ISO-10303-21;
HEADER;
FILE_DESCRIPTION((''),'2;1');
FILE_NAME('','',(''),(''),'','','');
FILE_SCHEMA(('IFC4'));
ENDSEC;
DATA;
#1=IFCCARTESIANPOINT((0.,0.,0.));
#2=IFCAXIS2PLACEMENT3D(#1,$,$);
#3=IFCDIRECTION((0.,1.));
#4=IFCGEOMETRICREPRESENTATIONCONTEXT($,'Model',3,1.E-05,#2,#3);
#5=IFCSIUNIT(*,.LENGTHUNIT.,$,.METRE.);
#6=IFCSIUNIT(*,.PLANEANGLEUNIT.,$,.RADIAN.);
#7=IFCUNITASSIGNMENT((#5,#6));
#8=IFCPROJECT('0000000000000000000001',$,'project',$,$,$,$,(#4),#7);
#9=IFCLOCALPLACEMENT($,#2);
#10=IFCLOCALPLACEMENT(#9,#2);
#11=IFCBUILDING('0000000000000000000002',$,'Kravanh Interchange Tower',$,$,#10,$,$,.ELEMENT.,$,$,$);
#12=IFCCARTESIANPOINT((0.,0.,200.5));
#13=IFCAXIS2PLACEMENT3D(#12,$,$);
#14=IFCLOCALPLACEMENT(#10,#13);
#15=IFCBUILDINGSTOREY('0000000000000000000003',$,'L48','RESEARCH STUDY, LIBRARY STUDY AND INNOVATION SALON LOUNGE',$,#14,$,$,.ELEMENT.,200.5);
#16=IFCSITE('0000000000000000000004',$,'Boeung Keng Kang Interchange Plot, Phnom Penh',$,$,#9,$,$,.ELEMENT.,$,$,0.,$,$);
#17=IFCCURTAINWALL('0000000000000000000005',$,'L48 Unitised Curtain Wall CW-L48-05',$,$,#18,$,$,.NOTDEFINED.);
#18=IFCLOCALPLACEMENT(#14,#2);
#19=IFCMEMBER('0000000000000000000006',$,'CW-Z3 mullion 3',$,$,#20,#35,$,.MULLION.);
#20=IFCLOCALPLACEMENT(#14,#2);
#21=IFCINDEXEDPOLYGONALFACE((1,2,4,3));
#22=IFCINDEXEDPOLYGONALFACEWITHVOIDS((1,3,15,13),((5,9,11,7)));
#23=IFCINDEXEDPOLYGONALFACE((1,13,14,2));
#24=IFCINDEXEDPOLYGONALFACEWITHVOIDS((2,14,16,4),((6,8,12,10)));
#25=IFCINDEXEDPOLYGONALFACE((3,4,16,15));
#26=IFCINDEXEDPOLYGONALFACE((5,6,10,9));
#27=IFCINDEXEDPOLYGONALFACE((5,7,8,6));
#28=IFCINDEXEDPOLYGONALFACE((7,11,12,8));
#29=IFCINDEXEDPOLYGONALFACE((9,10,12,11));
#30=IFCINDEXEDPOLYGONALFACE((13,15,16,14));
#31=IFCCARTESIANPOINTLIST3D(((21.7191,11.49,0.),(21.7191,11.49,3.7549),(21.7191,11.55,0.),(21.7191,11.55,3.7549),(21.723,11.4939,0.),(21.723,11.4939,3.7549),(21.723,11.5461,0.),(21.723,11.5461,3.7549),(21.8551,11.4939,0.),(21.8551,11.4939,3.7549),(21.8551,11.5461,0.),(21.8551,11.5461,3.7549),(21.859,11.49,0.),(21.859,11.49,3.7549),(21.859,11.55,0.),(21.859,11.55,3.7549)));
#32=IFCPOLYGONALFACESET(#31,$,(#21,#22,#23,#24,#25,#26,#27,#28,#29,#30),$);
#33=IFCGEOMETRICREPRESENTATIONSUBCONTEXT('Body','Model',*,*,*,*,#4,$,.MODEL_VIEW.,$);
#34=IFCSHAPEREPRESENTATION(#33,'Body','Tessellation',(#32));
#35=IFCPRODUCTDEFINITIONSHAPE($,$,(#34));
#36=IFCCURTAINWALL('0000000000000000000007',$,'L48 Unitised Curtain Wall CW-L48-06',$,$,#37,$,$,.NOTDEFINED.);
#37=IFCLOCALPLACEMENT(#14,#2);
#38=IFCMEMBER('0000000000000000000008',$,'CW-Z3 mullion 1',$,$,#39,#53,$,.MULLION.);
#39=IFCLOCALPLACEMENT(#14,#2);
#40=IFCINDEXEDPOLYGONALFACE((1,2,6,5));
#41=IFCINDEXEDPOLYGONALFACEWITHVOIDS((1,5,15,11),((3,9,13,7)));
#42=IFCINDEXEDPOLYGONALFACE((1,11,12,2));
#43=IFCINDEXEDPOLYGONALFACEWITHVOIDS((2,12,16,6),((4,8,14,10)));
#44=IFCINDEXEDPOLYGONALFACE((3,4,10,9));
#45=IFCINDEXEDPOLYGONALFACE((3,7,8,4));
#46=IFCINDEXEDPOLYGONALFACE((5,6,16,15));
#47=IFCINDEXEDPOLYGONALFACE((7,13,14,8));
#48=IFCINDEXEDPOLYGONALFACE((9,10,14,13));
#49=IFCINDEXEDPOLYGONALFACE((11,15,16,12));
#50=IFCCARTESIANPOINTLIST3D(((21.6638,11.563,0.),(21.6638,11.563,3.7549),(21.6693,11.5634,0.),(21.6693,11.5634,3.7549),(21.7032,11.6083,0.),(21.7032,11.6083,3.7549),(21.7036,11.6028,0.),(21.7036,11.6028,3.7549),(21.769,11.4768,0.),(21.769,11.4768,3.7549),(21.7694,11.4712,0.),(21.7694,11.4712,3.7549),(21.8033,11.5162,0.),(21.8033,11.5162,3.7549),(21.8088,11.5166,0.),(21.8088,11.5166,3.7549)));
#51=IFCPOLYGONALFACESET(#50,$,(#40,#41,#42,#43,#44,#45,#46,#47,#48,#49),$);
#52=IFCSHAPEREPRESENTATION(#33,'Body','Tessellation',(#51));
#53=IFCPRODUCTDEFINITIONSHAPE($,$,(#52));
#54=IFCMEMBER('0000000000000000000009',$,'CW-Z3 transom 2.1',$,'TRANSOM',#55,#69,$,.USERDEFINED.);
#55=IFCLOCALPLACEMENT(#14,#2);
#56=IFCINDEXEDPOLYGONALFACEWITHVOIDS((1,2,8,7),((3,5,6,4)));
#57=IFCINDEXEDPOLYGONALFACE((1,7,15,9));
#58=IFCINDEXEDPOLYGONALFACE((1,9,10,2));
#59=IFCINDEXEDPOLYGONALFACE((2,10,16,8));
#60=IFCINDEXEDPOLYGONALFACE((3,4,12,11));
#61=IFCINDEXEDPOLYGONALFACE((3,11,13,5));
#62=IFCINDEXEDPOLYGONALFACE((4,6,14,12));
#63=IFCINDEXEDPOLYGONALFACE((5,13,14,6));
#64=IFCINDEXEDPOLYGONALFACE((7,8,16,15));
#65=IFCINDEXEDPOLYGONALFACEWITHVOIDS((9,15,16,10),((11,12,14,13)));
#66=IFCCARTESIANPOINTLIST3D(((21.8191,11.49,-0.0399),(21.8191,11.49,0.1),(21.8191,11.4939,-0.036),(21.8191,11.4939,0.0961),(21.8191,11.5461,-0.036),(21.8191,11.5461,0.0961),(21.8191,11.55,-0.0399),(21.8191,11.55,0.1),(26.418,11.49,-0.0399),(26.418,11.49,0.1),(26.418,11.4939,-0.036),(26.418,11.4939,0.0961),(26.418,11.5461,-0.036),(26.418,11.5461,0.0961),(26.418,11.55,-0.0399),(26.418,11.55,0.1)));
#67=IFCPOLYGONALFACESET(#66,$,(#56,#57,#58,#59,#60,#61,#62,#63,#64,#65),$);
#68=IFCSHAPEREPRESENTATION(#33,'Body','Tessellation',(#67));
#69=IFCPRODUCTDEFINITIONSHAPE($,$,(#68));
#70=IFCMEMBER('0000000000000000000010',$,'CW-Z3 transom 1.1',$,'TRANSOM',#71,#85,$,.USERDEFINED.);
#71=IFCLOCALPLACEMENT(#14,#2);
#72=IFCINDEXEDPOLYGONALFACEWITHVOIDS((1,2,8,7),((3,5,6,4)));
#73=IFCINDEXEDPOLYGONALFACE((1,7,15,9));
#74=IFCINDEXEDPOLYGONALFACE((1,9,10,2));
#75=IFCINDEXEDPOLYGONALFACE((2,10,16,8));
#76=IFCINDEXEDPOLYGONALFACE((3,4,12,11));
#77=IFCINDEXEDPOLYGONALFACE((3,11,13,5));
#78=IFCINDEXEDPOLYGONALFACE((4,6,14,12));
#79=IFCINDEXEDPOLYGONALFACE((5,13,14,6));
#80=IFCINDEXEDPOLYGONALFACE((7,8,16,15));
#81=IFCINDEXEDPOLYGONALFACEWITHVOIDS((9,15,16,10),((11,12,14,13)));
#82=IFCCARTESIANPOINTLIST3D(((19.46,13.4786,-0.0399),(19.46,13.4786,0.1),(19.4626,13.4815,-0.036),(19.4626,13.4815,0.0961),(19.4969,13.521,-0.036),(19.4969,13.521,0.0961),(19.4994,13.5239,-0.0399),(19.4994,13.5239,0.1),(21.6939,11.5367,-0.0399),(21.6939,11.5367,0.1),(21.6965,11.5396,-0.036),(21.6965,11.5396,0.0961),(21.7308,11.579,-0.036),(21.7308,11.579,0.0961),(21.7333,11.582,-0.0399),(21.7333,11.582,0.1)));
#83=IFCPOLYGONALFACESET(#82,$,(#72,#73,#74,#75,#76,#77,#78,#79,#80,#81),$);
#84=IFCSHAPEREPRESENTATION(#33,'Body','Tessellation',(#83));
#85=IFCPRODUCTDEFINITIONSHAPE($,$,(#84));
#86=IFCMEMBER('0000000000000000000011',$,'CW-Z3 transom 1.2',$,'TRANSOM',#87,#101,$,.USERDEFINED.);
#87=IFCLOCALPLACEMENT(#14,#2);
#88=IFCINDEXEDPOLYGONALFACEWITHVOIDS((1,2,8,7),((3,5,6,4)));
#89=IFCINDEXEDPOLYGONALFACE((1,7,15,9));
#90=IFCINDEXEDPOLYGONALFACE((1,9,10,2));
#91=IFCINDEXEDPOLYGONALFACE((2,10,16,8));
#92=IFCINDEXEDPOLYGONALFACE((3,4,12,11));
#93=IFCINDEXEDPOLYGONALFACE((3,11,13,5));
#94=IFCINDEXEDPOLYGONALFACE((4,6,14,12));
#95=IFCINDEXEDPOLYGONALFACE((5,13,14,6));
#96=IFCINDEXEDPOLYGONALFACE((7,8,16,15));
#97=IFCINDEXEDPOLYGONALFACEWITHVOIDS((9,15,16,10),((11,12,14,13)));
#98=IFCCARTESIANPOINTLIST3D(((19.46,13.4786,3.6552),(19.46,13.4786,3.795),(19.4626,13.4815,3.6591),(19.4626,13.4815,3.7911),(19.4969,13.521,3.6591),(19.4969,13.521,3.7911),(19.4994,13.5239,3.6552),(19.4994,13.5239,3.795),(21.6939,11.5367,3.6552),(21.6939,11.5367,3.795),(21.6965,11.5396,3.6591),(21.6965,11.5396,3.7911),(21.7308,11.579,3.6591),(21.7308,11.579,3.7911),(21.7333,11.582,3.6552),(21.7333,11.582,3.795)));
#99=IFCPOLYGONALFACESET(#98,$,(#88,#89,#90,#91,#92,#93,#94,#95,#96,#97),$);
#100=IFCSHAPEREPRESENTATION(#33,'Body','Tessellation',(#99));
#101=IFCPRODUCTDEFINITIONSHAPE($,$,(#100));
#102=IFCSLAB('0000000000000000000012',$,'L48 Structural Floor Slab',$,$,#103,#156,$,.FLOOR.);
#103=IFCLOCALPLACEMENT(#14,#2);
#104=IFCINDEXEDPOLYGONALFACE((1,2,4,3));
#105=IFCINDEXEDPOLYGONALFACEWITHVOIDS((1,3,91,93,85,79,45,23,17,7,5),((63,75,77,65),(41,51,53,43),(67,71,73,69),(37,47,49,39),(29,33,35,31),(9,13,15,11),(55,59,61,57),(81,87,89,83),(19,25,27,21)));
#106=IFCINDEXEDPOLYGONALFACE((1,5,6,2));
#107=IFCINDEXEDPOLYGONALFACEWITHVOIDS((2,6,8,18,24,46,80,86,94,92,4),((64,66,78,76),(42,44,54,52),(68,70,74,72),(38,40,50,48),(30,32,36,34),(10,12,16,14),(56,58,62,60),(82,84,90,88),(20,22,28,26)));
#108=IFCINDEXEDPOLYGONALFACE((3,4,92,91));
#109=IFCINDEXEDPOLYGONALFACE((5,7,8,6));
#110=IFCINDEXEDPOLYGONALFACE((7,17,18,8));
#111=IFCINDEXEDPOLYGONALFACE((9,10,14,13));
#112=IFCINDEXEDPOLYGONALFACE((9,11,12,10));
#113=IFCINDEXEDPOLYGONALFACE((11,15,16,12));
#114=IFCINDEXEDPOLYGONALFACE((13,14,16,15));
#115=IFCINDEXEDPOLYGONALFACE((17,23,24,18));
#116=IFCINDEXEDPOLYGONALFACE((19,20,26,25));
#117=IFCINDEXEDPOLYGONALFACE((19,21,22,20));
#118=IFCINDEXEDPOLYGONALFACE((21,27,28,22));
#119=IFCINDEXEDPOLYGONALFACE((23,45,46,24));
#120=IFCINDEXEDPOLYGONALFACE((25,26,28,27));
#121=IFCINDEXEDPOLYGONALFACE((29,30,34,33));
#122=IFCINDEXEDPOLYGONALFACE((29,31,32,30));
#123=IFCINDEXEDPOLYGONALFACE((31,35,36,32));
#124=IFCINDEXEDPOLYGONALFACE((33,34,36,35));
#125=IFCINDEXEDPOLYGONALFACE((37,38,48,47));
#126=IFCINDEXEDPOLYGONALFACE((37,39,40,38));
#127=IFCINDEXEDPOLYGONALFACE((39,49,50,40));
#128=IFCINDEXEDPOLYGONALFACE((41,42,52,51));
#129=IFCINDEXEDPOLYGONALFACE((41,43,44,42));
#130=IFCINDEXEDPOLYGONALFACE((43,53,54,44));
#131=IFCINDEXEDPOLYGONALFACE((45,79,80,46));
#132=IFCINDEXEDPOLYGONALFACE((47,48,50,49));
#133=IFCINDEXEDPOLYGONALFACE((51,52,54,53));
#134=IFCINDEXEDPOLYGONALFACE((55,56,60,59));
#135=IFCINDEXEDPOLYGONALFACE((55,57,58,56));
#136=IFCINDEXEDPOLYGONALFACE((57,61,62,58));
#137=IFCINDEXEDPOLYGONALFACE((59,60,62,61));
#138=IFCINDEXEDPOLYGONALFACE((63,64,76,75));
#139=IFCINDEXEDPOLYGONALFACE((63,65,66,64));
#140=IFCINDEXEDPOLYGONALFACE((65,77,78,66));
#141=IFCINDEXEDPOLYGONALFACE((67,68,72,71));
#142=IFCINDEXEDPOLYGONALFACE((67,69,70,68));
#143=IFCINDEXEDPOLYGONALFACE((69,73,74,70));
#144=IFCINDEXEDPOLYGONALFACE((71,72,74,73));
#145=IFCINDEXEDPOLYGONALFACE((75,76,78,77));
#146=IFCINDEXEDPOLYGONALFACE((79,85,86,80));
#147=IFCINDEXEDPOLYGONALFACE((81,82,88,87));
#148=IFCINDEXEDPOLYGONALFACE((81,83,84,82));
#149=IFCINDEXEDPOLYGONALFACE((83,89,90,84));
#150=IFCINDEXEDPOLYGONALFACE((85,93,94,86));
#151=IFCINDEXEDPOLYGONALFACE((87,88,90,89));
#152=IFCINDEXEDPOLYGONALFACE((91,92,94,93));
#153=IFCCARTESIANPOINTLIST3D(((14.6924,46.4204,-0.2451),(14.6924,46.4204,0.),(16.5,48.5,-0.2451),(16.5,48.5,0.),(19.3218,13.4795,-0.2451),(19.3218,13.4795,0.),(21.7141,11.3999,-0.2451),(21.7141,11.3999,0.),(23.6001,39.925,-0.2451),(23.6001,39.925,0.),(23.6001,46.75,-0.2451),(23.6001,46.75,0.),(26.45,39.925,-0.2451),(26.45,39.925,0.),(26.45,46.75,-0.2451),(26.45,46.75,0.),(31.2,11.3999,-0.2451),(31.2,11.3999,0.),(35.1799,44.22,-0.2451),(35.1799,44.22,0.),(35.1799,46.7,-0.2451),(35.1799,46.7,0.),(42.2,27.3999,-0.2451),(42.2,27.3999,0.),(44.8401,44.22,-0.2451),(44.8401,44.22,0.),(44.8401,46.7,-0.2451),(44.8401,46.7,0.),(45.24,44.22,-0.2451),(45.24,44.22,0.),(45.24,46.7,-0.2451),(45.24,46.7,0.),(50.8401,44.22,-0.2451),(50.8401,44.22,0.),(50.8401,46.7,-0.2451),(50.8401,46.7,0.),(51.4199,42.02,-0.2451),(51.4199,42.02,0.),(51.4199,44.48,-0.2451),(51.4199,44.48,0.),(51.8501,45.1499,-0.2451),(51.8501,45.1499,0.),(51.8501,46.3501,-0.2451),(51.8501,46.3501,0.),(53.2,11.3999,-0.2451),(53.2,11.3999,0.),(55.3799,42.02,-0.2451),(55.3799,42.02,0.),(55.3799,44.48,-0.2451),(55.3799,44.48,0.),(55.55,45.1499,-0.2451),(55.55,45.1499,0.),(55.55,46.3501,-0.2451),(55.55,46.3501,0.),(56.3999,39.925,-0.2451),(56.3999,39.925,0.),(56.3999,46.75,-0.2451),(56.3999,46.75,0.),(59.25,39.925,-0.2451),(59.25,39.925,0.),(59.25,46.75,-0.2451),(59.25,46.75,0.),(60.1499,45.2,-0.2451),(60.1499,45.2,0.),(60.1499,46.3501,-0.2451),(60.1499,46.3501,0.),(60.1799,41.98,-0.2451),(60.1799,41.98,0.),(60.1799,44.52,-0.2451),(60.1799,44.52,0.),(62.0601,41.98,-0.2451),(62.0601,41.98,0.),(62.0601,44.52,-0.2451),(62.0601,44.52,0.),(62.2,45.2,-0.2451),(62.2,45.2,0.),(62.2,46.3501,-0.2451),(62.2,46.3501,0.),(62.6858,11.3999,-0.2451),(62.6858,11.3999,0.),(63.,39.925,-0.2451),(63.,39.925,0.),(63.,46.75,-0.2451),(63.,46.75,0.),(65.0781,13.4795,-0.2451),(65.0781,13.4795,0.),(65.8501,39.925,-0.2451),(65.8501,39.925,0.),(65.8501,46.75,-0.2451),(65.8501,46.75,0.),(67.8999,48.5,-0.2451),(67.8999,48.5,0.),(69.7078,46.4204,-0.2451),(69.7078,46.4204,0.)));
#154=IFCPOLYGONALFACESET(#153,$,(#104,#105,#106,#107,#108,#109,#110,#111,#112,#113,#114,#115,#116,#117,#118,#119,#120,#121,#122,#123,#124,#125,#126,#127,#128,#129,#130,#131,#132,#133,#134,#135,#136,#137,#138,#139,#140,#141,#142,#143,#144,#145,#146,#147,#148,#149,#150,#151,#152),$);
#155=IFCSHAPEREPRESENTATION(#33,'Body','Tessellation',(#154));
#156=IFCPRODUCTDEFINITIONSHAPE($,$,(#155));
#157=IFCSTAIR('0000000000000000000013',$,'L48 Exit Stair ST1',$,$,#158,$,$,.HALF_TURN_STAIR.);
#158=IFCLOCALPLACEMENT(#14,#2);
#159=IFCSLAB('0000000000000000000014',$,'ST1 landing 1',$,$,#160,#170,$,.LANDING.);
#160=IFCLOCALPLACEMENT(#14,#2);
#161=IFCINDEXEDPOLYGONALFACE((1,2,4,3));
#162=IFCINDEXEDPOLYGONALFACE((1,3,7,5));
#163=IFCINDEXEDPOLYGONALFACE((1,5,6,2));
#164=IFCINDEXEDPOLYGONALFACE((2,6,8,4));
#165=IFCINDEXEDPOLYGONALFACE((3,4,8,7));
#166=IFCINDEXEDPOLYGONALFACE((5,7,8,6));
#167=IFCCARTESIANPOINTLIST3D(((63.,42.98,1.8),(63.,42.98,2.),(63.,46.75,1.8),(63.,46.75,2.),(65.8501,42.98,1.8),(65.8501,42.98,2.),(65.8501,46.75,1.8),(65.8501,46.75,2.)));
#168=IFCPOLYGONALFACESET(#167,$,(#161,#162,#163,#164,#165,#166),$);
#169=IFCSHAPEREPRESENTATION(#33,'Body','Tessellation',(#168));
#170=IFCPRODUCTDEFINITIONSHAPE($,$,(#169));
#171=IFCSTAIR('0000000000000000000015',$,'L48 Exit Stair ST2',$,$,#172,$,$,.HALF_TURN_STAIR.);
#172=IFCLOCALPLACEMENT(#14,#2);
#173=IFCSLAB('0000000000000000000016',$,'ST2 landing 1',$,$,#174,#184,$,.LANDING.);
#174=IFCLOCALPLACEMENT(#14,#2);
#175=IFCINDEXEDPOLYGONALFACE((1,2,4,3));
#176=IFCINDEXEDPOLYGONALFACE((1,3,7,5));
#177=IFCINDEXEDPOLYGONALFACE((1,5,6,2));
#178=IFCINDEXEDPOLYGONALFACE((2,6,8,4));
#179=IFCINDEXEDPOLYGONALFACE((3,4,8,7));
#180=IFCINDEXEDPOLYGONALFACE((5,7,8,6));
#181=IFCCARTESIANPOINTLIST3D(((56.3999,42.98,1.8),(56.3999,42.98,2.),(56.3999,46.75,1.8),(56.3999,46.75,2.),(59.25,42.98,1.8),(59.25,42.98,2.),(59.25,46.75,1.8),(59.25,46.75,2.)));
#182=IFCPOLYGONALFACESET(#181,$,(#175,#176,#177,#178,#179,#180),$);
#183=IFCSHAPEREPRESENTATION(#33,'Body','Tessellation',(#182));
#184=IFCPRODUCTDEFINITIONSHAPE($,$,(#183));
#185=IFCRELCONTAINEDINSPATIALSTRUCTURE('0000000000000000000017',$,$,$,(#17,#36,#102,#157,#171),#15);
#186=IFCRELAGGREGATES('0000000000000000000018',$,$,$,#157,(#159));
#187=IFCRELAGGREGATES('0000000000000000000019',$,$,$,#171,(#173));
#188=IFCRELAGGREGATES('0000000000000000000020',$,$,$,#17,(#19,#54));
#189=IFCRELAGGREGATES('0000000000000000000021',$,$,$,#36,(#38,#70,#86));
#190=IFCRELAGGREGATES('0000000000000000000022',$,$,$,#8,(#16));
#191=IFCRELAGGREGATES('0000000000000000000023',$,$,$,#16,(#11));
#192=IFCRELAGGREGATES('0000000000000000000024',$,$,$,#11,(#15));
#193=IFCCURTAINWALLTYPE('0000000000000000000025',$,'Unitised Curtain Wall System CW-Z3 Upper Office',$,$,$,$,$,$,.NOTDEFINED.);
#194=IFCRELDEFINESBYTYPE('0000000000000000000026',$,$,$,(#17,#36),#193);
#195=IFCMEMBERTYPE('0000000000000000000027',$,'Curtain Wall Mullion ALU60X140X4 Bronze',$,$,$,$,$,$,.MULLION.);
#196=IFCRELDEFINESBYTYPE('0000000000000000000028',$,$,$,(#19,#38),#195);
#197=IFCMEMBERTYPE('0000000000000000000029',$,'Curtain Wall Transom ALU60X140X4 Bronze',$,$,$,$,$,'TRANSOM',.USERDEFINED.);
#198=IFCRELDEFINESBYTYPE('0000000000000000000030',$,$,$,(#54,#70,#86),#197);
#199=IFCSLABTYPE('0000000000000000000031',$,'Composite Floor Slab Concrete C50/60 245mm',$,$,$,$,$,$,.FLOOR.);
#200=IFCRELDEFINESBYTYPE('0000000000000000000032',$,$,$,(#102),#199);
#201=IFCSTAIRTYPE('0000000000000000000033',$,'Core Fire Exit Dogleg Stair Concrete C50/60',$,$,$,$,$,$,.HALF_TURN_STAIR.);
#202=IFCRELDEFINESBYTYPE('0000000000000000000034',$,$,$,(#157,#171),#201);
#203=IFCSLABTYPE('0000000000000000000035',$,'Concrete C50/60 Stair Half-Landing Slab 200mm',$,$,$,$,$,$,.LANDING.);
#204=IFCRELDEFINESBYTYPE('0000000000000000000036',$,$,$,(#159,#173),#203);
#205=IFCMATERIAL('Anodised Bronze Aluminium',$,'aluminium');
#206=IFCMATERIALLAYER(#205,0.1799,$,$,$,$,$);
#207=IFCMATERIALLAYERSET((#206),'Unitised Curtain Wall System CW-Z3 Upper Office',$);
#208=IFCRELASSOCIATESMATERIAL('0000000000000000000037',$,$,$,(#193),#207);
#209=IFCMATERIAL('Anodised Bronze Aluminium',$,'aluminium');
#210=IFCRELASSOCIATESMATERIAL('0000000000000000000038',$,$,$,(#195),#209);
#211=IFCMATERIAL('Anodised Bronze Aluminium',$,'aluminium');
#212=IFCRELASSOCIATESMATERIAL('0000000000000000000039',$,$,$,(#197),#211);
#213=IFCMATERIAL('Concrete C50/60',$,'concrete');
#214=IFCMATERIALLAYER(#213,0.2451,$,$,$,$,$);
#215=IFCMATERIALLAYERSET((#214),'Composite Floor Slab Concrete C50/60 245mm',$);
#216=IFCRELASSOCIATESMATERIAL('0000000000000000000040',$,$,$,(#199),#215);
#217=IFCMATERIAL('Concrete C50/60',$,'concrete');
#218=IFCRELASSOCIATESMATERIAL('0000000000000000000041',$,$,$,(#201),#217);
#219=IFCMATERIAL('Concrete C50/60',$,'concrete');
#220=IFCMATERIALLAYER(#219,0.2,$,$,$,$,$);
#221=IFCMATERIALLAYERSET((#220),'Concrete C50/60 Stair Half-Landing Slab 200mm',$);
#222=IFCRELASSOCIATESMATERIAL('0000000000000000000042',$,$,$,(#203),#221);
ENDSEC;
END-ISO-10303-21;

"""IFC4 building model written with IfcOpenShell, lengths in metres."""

from ifc_helpers import new_model, si_unit, direction, frame, origin, origin_2d, place, context, subcontext, project, spatial, polyline, hollow_rectangle, outline, extrude, material, layer, layer_set, material_profile, profile_set, type_object, element, aggregate, save


model = new_model("IFC4")

# Units and contexts
model_context = context("Model", 3, precision=1e-05, world=origin(), true_north=direction((0.0, 1.0)))
body_context = subcontext(model_context, "Body", "Model", "MODEL_VIEW")
ifc_project = project(units=[si_unit("LENGTHUNIT", "METRE"), si_unit("PLANEANGLEUNIT", "RADIAN")], contexts=[model_context])

# Site, building, storey
site_placement = place(None, origin())
site = spatial("IfcSite", under=ifc_project, at=site_placement, Name="Boeung Keng Kang Interchange Plot, Phnom Penh", CompositionType="ELEMENT", RefElevation=0.0)
building_placement = place(site_placement, origin())
building = spatial("IfcBuilding", under=site, at=building_placement, Name="Kravanh Interchange Tower", CompositionType="ELEMENT")
storey_placement = place(building_placement, frame((0.0, 0.0, 200.5)))
storey = spatial("IfcBuildingStorey", under=building, at=storey_placement, Name="L48", Description="RESEARCH STUDY, LIBRARY STUDY AND INNOVATION SALON LOUNGE", CompositionType="ELEMENT", Elevation=200.5)

# Curtain walls, members
ifc_material_1 = material(Name="Anodised Bronze Aluminium", Category="aluminium")
ifc_layer_1 = layer(ifc_material_1, 0.1799)
ifc_layer_set_1 = layer_set([ifc_layer_1], Name="Unitised Curtain Wall System CW-Z3 Upper Office")
curtain_wall_type = type_object("IfcCurtainWallType", Name="Unitised Curtain Wall System CW-Z3 Upper Office", PredefinedType="NOTDEFINED", material=ifc_layer_set_1)
curtain_wall_1_placement = place(storey_placement, origin())
curtain_wall_1 = element("IfcCurtainWall", 1, at=curtain_wall_1_placement, inside=storey, type_object=curtain_wall_type, Name="L48 Unitised Curtain Wall CW-L48-05", PredefinedType="NOTDEFINED")
ifc_material_2 = material(Name="Anodised Bronze Aluminium", Category="aluminium")
ifc_material_profile_1 = material_profile(ifc_material_2, hollow_rectangle(XDim=0.0601, YDim=0.1399, WallThickness=0.0039, at=origin_2d()), Name="ALU60X140X4")
ifc_profile_set_1 = profile_set([ifc_material_profile_1], Name="Anodised Bronze Aluminium")
member_type_1 = type_object("IfcMemberType", Name="Curtain Wall Mullion ALU60X140X4 Bronze", PredefinedType="MULLION", material=ifc_profile_set_1)
member_1_placement = place(storey_placement, frame((21.7891, 11.52, 0.0), z_axis=(0.0, 0.0, 1.0), x_axis=(0.0, -1.0, 0.0)))
member_1 = element("IfcMember", 2, at=member_1_placement, type_object=member_type_1, Name="CW-Z3 mullion 3", PredefinedType="MULLION", context=body_context, shape_type="SweptSolid", body=[
    extrude(hollow_rectangle(XDim=0.0601, YDim=0.1399, WallThickness=0.0039, at=origin_2d()), origin(), (0.0, 0.0, 1.0), 3.7549),
])
curtain_wall_2_placement = place(storey_placement, origin())
curtain_wall_2 = element("IfcCurtainWall", 3, at=curtain_wall_2_placement, inside=storey, type_object=curtain_wall_type, Name="L48 Unitised Curtain Wall CW-L48-06", PredefinedType="NOTDEFINED")
member_2_placement = place(storey_placement, frame((21.7363, 11.5398, 0.0), z_axis=(0.0, 0.0, 1.0), x_axis=(-0.656051, -0.754717, 0.0)))
member_2 = element("IfcMember", 4, at=member_2_placement, type_object=member_type_1, Name="CW-Z3 mullion 1", PredefinedType="MULLION", context=body_context, shape_type="SweptSolid", body=[
    extrude(hollow_rectangle(XDim=0.0601, YDim=0.1399, WallThickness=0.0039, at=origin_2d()), origin(), (0.0, 0.0, 1.0), 3.7549),
])

# Members
ifc_material_3 = material(Name="Anodised Bronze Aluminium", Category="aluminium")
ifc_material_profile_2 = material_profile(ifc_material_3, hollow_rectangle(XDim=0.0601, YDim=0.1399, WallThickness=0.0039, at=origin_2d()), Name="ALU60X140X4")
ifc_profile_set_2 = profile_set([ifc_material_profile_2], Name="Anodised Bronze Aluminium")
member_type_2 = type_object("IfcMemberType", Name="Curtain Wall Transom ALU60X140X4 Bronze", ElementType="TRANSOM", PredefinedType="USERDEFINED", material=ifc_profile_set_2)
member_3_placement = place(storey_placement, frame((26.418, 11.52, 0.03), z_axis=(-1.0, 0.0, 0.0), x_axis=(0.0, -1.0, 0.0)))
member_3 = element("IfcMember", 5, at=member_3_placement, type_object=member_type_2, Name="CW-Z3 transom 2.1", ObjectType="TRANSOM", PredefinedType="USERDEFINED", context=body_context, shape_type="SweptSolid", body=[
    extrude(hollow_rectangle(XDim=0.0601, YDim=0.1399, WallThickness=0.0039, at=origin_2d()), origin(), (0.0, 0.0, 1.0), 4.5989),
])
member_4_placement = place(storey_placement, frame((21.7136, 11.5593, 0.03), z_axis=(-0.754709, 0.65606, 0.0), x_axis=(-0.65606, -0.754709, 0.0)))
member_4 = element("IfcMember", 6, at=member_4_placement, type_object=member_type_2, Name="CW-Z3 transom 1.1", ObjectType="TRANSOM", PredefinedType="USERDEFINED", context=body_context, shape_type="SweptSolid", body=[
    extrude(hollow_rectangle(XDim=0.0601, YDim=0.1399, WallThickness=0.0039, at=origin_2d()), origin(), (0.0, 0.0, 1.0), 2.96),
])
member_5_placement = place(storey_placement, frame((21.7136, 11.5593, 3.7251), z_axis=(-0.754709, 0.65606, 0.0), x_axis=(-0.65606, -0.754709, 0.0)))
member_5 = element("IfcMember", 7, at=member_5_placement, type_object=member_type_2, Name="CW-Z3 transom 1.2", ObjectType="TRANSOM", PredefinedType="USERDEFINED", context=body_context, shape_type="SweptSolid", body=[
    extrude(hollow_rectangle(XDim=0.0601, YDim=0.1399, WallThickness=0.0039, at=origin_2d()), origin(), (0.0, 0.0, 1.0), 2.96),
])

# Slab
ifc_material_4 = material(Name="Concrete C50/60", Category="concrete")
ifc_layer_2 = layer(ifc_material_4, 0.2451)
ifc_layer_set_2 = layer_set([ifc_layer_2], Name="Composite Floor Slab Concrete C50/60 245mm")
slab_type_1 = type_object("IfcSlabType", Name="Composite Floor Slab Concrete C50/60 245mm", PredefinedType="FLOOR", material=ifc_layer_set_2)
slab_1_placement = place(storey_placement, frame((0.0, 0.0, -0.2451)))
element("IfcSlab", 8, at=slab_1_placement, inside=storey, type_object=slab_type_1, Name="L48 Structural Floor Slab", PredefinedType="FLOOR", context=body_context, shape_type="SweptSolid", body=[
    extrude(outline(polyline([(19.3218, 13.4795), (21.7141, 11.3999), (31.2, 11.3999), (42.2, 27.3999), (53.2, 11.3999), (62.6858, 11.3999), (65.0781, 13.4795), (69.7078, 46.4204), (67.8999, 48.5), (16.5, 48.5), (14.6924, 46.4204), (19.3218, 13.4795)]), holes=[polyline([(65.8501, 39.925), (65.8501, 46.75), (63.0, 46.75), (63.0, 39.925), (65.8501, 39.925)]), polyline([(59.25, 39.925), (59.25, 46.75), (56.3999, 46.75), (56.3999, 39.925), (59.25, 39.925)]), polyline([(26.45, 39.925), (26.45, 46.75), (23.6001, 46.75), (23.6001, 39.925), (26.45, 39.925)]), polyline([(35.1799, 44.22), (44.8401, 44.22), (44.8401, 46.7), (35.1799, 46.7), (35.1799, 44.22)]), polyline([(45.24, 44.22), (50.8401, 44.22), (50.8401, 46.7), (45.24, 46.7), (45.24, 44.22)]), polyline([(51.4199, 42.02), (55.3799, 42.02), (55.3799, 44.48), (51.4199, 44.48), (51.4199, 42.02)]), polyline([(60.1799, 41.98), (62.0601, 41.98), (62.0601, 44.52), (60.1799, 44.52), (60.1799, 41.98)]), polyline([(60.1499, 45.2), (62.2, 45.2), (62.2, 46.3501), (60.1499, 46.3501), (60.1499, 45.2)]), polyline([(51.8501, 45.1499), (55.55, 45.1499), (55.55, 46.3501), (51.8501, 46.3501), (51.8501, 45.1499)])]), origin(), (0.0, 0.0, 1.0), 0.2451),
])

# Stairs, slabs
ifc_material_5 = material(Name="Concrete C50/60", Category="concrete")
stair_type = type_object("IfcStairType", Name="Core Fire Exit Dogleg Stair Concrete C50/60", PredefinedType="HALF_TURN_STAIR", material=ifc_material_5)
stair_1_placement = place(storey_placement, origin())
stair_1 = element("IfcStair", 9, at=stair_1_placement, inside=storey, type_object=stair_type, Name="L48 Exit Stair ST1", PredefinedType="HALF_TURN_STAIR")
ifc_material_6 = material(Name="Concrete C50/60", Category="concrete")
ifc_layer_3 = layer(ifc_material_6, 0.2)
ifc_layer_set_3 = layer_set([ifc_layer_3], Name="Concrete C50/60 Stair Half-Landing Slab 200mm")
slab_type_2 = type_object("IfcSlabType", Name="Concrete C50/60 Stair Half-Landing Slab 200mm", PredefinedType="LANDING", material=ifc_layer_set_3)
slab_2_placement = place(storey_placement, frame((0.0, 0.0, 1.8)))
slab_2 = element("IfcSlab", 10, at=slab_2_placement, type_object=slab_type_2, Name="ST1 landing 1", PredefinedType="LANDING", context=body_context, shape_type="SweptSolid", body=[
    extrude(outline(polyline([(65.8501, 42.98), (65.8501, 46.75), (63.0, 46.75), (63.0, 42.98), (65.8501, 42.98)])), origin(), (0.0, 0.0, 1.0), 0.2),
])
aggregate(stair_1, [slab_2])
stair_2_placement = place(storey_placement, origin())
stair_2 = element("IfcStair", 11, at=stair_2_placement, inside=storey, type_object=stair_type, Name="L48 Exit Stair ST2", PredefinedType="HALF_TURN_STAIR")
slab_3_placement = place(storey_placement, frame((0.0, 0.0, 1.8)))
slab_3 = element("IfcSlab", 12, at=slab_3_placement, type_object=slab_type_2, Name="ST2 landing 1", PredefinedType="LANDING", context=body_context, shape_type="SweptSolid", body=[
    extrude(outline(polyline([(59.25, 42.98), (59.25, 46.75), (56.3999, 46.75), (56.3999, 42.98), (59.25, 42.98)])), origin(), (0.0, 0.0, 1.0), 0.2),
])
aggregate(stair_2, [slab_3])

aggregate(curtain_wall_1, [member_1, member_3])
aggregate(curtain_wall_2, [member_2, member_4, member_5])

save(model, "model.ifc")
